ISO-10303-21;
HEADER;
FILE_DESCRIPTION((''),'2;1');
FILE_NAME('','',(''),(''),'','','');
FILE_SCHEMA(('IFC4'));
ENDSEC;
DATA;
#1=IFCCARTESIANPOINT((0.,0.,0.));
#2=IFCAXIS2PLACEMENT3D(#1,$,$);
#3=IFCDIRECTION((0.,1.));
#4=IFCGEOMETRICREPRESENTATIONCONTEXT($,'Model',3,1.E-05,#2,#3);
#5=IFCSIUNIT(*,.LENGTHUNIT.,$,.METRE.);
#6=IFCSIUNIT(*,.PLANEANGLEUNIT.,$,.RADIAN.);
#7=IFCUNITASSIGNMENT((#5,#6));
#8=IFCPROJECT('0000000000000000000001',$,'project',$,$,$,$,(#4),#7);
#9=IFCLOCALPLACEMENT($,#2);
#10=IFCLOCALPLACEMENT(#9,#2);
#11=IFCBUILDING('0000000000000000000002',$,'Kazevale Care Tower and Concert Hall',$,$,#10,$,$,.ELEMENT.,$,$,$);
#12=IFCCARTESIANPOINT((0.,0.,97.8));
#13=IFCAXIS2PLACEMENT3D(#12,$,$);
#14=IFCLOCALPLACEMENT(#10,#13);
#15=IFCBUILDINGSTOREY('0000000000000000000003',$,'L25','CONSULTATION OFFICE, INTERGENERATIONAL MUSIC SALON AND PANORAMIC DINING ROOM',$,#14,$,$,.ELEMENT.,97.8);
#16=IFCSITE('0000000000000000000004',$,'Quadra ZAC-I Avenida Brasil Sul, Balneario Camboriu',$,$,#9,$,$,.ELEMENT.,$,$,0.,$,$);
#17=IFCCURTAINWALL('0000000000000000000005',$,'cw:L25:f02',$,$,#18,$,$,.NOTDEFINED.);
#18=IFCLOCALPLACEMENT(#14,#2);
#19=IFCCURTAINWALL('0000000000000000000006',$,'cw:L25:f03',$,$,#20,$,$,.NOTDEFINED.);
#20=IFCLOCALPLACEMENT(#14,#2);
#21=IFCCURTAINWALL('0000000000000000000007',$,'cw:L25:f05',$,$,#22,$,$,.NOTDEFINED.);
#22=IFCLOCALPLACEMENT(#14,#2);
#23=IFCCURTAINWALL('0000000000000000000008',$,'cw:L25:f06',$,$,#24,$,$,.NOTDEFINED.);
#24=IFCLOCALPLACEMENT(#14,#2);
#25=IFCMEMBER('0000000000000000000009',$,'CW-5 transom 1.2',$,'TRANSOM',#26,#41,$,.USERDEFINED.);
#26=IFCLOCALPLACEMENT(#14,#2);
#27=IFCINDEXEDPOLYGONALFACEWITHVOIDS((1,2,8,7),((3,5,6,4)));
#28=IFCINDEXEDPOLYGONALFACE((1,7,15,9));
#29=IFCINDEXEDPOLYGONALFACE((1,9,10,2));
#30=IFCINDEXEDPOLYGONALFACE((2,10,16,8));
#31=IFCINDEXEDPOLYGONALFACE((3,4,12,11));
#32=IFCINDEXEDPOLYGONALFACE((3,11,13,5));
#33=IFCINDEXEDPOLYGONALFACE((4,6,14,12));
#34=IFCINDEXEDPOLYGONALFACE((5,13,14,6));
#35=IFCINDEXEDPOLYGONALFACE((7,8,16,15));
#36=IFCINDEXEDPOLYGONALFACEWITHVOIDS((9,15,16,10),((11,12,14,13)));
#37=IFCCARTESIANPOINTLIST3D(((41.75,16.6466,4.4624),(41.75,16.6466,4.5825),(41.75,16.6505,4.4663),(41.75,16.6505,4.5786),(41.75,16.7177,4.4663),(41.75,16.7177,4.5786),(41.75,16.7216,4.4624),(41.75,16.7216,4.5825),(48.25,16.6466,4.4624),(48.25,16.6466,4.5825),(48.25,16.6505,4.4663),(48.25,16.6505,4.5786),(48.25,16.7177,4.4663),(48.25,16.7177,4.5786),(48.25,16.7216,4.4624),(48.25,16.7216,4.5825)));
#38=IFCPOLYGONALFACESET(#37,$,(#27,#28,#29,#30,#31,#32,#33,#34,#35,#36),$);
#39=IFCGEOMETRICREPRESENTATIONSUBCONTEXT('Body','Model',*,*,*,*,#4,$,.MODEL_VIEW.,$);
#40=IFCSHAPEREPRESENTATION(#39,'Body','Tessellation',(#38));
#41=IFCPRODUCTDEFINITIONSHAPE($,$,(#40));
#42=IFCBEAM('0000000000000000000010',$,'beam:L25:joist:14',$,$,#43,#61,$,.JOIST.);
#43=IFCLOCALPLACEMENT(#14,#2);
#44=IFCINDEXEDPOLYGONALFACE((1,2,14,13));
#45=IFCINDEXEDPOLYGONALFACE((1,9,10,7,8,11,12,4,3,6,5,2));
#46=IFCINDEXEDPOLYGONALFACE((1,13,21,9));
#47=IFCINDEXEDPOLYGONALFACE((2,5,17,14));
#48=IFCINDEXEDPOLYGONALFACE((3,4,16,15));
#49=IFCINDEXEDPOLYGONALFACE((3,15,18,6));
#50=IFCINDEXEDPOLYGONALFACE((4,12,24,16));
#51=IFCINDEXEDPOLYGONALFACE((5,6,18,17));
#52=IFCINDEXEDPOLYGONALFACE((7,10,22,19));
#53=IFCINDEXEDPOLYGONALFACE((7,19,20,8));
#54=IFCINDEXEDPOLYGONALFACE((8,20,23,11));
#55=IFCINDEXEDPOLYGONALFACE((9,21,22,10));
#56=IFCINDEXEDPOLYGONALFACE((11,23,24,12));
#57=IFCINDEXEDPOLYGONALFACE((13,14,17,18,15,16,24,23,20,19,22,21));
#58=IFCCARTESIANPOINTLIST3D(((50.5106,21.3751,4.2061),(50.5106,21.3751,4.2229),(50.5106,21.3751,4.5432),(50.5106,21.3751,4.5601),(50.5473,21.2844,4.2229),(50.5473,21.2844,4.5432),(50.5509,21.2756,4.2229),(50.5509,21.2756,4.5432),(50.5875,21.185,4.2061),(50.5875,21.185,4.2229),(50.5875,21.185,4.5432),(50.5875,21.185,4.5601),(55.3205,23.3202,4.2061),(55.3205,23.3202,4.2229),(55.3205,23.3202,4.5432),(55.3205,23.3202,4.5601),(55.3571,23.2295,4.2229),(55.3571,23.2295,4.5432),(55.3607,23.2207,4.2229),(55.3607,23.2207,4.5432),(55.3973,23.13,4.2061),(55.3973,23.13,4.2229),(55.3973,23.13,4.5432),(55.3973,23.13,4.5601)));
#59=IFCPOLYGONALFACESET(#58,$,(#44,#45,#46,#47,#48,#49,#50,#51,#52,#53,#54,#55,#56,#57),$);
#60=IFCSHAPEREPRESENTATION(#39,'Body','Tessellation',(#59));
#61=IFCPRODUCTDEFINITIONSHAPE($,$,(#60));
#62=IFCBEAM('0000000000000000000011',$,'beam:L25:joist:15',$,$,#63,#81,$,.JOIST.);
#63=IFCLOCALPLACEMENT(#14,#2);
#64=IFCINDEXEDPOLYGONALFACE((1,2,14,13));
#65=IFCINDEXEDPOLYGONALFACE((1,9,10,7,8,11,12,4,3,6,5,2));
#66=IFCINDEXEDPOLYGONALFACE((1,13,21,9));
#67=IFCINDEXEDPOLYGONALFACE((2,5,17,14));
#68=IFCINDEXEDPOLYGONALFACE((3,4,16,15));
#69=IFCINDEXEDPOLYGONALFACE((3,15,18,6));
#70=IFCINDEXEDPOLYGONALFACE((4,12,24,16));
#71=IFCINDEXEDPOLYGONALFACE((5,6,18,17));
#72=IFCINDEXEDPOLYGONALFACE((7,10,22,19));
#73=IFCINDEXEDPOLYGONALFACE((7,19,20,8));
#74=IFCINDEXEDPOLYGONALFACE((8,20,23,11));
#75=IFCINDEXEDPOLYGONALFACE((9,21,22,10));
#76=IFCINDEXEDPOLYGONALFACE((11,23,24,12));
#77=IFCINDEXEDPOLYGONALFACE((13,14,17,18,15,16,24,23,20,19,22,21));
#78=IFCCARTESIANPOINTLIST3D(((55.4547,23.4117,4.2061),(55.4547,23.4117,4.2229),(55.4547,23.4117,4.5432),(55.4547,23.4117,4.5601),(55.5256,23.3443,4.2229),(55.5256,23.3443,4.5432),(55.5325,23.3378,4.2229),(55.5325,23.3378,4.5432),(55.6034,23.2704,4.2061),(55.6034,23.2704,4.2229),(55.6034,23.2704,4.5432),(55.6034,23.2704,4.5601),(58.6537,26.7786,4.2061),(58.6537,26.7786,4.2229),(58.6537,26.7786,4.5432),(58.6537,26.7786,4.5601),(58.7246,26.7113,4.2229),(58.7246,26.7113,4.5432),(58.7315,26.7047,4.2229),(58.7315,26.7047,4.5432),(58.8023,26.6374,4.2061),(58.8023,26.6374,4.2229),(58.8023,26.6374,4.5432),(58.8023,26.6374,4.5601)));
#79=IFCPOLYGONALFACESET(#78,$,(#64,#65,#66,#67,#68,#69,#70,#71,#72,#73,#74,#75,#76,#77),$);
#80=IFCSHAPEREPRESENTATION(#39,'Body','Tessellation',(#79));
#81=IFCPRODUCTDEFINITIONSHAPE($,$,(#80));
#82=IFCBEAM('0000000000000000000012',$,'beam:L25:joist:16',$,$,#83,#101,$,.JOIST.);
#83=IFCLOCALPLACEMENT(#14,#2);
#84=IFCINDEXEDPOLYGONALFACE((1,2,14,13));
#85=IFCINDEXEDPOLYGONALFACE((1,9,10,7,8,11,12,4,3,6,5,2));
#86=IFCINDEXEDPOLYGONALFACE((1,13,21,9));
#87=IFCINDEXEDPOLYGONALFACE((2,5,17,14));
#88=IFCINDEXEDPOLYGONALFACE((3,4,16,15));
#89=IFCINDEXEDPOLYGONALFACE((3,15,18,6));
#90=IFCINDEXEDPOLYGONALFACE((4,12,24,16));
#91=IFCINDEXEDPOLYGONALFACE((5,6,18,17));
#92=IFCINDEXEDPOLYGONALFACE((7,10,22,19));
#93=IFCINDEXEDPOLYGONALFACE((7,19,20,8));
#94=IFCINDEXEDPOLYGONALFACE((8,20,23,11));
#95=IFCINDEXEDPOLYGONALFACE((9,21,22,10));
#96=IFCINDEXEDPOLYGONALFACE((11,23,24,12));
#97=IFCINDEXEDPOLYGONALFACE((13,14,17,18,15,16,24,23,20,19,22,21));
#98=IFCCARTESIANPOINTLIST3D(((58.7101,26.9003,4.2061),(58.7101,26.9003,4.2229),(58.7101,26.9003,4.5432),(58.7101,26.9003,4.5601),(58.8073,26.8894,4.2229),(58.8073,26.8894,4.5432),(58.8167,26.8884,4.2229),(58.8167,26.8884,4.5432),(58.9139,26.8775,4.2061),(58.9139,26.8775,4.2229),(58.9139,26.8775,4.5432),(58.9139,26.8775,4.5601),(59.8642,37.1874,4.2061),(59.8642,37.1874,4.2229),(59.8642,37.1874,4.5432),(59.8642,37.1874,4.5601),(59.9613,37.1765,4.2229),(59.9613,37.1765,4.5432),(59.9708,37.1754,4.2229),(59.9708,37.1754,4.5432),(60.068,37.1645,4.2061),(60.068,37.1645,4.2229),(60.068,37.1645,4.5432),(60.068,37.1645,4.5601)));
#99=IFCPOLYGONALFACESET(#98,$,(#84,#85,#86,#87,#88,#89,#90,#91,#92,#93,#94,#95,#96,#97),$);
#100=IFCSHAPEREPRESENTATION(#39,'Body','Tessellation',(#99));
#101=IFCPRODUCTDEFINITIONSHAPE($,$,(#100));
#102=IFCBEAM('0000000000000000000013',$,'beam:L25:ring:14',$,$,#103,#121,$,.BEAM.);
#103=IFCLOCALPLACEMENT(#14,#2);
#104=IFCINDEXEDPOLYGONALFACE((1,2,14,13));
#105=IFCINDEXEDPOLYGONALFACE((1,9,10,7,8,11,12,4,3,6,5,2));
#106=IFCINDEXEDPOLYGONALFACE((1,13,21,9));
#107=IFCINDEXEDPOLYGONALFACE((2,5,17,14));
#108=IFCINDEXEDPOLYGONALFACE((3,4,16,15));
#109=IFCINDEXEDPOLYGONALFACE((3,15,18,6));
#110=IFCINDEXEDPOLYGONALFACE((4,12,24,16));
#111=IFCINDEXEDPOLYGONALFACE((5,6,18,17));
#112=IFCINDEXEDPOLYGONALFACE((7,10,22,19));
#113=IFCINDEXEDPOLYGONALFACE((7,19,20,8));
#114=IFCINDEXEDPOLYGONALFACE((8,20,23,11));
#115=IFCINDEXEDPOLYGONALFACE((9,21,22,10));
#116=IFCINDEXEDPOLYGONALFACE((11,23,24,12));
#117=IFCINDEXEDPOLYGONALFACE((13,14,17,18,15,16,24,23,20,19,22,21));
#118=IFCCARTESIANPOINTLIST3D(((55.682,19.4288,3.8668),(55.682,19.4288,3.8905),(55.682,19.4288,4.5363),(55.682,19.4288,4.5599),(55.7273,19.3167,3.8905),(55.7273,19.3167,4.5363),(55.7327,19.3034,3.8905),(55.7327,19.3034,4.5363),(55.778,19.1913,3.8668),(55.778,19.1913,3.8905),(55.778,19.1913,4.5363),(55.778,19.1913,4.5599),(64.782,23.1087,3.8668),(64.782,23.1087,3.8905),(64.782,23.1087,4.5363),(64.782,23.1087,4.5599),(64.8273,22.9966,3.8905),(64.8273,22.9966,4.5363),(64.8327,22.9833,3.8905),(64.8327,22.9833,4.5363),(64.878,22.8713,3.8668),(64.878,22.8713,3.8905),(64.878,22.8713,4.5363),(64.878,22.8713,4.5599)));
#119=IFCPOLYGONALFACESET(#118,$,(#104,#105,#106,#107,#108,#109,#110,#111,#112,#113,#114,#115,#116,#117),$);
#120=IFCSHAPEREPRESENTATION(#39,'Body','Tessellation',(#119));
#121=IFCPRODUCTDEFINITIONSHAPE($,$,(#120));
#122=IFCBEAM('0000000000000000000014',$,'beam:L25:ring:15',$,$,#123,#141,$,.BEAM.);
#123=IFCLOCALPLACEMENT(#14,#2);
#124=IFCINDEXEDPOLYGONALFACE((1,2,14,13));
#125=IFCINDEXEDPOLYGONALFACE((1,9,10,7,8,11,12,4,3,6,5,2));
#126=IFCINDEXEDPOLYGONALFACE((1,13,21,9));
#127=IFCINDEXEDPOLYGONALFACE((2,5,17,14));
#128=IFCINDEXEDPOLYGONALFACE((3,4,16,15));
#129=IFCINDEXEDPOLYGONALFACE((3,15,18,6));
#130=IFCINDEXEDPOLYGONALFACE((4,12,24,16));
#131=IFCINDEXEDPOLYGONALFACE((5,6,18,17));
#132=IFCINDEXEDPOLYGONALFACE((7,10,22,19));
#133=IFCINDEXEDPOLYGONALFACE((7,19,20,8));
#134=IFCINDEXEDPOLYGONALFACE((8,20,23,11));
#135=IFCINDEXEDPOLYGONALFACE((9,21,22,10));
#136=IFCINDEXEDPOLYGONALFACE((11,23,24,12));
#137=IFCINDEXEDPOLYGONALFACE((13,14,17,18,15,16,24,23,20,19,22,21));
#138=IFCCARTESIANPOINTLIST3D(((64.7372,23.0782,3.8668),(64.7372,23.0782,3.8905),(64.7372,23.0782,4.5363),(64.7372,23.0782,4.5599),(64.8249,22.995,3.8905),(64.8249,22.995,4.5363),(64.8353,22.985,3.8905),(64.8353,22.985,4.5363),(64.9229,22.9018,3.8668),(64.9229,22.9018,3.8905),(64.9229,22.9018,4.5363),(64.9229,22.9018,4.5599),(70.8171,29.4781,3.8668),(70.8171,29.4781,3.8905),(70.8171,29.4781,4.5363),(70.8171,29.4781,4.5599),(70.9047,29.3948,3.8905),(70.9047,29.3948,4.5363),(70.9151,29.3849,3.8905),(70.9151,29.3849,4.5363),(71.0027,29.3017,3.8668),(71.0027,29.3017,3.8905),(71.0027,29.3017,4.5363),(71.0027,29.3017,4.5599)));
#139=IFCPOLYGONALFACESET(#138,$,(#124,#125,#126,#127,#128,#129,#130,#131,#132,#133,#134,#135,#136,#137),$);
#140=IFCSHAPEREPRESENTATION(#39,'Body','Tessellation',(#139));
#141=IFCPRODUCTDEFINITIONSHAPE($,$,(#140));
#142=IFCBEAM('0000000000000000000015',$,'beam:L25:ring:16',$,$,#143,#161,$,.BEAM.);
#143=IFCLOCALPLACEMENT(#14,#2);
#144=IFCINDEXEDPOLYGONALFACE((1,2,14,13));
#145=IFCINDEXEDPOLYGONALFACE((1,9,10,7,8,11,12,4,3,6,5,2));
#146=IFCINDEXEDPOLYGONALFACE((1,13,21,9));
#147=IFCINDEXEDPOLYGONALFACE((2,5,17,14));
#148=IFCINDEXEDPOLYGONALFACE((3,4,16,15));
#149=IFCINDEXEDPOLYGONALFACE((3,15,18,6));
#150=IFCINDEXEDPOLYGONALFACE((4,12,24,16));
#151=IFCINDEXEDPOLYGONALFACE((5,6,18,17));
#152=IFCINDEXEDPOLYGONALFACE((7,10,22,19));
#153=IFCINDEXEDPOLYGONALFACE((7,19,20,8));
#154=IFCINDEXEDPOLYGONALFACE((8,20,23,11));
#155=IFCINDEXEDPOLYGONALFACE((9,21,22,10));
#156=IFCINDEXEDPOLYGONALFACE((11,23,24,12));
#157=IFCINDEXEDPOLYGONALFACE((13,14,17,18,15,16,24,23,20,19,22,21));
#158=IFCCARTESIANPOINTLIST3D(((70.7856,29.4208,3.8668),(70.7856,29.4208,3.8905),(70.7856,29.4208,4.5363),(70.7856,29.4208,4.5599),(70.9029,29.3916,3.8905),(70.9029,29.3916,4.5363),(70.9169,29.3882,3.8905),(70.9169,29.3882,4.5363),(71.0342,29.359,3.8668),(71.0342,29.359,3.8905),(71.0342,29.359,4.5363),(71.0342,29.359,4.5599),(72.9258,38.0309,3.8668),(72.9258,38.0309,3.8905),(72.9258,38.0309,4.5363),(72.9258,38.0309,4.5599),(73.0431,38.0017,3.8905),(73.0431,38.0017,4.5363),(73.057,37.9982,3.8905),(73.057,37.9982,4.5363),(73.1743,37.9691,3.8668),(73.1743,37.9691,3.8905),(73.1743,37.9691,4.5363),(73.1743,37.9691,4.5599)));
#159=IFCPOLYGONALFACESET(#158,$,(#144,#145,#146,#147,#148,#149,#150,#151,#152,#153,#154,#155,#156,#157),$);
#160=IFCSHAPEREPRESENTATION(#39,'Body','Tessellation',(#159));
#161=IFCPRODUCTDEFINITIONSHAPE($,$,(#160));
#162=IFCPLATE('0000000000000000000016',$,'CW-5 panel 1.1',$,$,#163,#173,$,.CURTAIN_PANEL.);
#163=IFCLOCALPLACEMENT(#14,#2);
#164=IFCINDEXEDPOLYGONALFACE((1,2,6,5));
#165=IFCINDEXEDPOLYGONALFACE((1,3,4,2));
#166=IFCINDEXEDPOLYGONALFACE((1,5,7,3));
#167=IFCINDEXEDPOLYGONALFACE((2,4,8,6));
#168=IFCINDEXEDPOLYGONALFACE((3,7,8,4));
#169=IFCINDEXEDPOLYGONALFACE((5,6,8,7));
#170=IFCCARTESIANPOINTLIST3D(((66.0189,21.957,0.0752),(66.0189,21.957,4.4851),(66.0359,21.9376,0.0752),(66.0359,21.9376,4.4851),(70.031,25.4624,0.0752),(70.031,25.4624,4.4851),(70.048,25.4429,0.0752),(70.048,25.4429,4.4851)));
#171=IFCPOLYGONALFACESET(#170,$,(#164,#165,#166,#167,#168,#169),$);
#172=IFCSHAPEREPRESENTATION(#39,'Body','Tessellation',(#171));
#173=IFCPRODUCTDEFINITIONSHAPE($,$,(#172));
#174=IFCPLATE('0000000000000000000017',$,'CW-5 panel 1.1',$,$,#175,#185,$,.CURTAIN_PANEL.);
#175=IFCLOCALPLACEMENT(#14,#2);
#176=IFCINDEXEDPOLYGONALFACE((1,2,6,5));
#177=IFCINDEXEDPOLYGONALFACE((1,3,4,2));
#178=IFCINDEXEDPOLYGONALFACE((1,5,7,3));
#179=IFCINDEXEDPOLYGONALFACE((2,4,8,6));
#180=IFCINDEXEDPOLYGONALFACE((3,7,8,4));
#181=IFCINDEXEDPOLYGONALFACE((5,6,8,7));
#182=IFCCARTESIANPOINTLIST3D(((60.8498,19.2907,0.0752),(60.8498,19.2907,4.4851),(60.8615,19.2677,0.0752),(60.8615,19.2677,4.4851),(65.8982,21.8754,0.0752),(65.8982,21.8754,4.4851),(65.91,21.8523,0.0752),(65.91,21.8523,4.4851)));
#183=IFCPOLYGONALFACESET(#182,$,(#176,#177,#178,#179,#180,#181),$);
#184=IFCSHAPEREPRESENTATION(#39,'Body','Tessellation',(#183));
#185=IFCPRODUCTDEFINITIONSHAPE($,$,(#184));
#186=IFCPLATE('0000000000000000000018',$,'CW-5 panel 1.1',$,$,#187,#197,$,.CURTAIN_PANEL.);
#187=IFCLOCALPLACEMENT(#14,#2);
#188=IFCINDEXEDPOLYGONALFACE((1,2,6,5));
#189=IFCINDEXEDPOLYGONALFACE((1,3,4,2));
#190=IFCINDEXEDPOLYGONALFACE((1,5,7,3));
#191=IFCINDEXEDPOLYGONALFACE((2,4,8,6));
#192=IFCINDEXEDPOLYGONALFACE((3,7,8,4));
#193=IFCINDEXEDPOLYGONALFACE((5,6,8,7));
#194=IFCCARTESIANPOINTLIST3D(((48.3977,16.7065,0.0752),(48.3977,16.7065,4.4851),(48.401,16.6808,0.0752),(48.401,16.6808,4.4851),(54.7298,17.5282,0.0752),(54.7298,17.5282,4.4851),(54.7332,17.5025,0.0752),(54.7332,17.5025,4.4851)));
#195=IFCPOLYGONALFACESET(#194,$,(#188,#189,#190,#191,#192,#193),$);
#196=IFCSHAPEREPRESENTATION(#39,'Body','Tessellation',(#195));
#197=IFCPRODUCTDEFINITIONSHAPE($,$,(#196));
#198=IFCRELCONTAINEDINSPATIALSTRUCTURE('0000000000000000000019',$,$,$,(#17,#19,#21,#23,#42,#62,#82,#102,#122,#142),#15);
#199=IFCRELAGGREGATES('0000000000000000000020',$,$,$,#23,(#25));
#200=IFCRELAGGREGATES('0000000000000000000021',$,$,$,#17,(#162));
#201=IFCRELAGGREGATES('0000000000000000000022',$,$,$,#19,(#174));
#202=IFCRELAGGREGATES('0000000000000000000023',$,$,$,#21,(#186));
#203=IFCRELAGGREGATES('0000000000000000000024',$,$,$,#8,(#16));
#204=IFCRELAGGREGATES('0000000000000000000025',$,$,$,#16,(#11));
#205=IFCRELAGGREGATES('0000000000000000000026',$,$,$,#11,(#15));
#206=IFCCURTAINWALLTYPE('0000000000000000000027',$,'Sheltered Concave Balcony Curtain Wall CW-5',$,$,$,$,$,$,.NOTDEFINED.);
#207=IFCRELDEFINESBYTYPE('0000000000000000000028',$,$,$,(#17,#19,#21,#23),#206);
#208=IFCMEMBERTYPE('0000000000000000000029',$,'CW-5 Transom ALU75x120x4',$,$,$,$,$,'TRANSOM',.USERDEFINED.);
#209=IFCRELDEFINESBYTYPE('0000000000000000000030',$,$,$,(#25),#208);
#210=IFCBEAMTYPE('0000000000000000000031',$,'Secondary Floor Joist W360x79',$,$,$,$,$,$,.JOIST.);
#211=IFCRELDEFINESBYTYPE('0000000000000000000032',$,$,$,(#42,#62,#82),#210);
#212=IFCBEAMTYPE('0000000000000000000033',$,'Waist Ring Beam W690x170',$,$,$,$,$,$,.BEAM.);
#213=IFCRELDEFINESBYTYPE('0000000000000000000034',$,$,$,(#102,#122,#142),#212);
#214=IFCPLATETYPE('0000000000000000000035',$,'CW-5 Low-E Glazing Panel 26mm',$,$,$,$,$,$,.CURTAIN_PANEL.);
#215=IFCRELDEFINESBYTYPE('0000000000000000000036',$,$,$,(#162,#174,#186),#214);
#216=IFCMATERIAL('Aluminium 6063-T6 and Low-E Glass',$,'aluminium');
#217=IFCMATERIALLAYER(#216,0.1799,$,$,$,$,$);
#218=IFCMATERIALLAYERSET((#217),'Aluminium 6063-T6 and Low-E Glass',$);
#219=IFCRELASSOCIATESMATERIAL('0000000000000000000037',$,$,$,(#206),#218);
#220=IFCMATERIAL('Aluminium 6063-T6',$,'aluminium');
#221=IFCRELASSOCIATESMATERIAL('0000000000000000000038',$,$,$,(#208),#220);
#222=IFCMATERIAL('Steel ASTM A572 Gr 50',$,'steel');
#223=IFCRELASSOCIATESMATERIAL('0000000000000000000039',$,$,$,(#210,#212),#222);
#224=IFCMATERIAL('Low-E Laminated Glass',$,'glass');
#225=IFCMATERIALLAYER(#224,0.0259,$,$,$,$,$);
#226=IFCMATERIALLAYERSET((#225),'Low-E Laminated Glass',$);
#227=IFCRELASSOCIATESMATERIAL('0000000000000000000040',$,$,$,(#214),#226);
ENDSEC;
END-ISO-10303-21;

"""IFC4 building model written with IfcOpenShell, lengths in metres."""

from ifc_helpers import new_model, si_unit, direction, frame, origin, origin_2d, place, context, subcontext, project, spatial, rectangle, hollow_rectangle, i_section, extrude, material, layer, layer_set, material_profile, profile_set, type_object, element, aggregate, save


model = new_model("IFC4")

# Units and contexts
model_context = context("Model", 3, precision=1e-05, world=origin(), true_north=direction((0.0, 1.0)))
body_context = subcontext(model_context, "Body", "Model", "MODEL_VIEW")
ifc_project = project(units=[si_unit("LENGTHUNIT", "METRE"), si_unit("PLANEANGLEUNIT", "RADIAN")], contexts=[model_context])

# Site, building, storey
site_placement = place(None, origin())
site = spatial("IfcSite", under=ifc_project, at=site_placement, Name="Quadra ZAC-I Avenida Brasil Sul, Balneario Camboriu", CompositionType="ELEMENT", RefElevation=0.0)
building_placement = place(site_placement, origin())
building = spatial("IfcBuilding", under=site, at=building_placement, Name="Kazevale Care Tower and Concert Hall", CompositionType="ELEMENT")
storey_placement = place(building_placement, frame((0.0, 0.0, 97.8)))
storey = spatial("IfcBuildingStorey", under=building, at=storey_placement, Name="L25", Description="CONSULTATION OFFICE, INTERGENERATIONAL MUSIC SALON AND PANORAMIC DINING ROOM", CompositionType="ELEMENT", Elevation=97.8)

# Curtain walls
ifc_material_1 = material(Name="Aluminium 6063-T6 and Low-E Glass", Category="aluminium")
ifc_layer_1 = layer(ifc_material_1, 0.1799)
ifc_layer_set_1 = layer_set([ifc_layer_1], Name="Aluminium 6063-T6 and Low-E Glass")
curtain_wall_type = type_object("IfcCurtainWallType", Name="Sheltered Concave Balcony Curtain Wall CW-5", PredefinedType="NOTDEFINED", material=ifc_layer_set_1)
curtain_wall_1_placement = place(storey_placement, origin())
curtain_wall_1 = element("IfcCurtainWall", 1, at=curtain_wall_1_placement, inside=storey, type_object=curtain_wall_type, Name="cw:L25:f02", PredefinedType="NOTDEFINED")
ifc_material_2 = material(Name="Aluminium 6063-T6", Category="aluminium")
curtain_wall_2_placement = place(storey_placement, origin())
curtain_wall_2 = element("IfcCurtainWall", 2, at=curtain_wall_2_placement, inside=storey, type_object=curtain_wall_type, Name="cw:L25:f03", PredefinedType="NOTDEFINED")
curtain_wall_3_placement = place(storey_placement, origin())
curtain_wall_3 = element("IfcCurtainWall", 3, at=curtain_wall_3_placement, inside=storey, type_object=curtain_wall_type, Name="cw:L25:f05", PredefinedType="NOTDEFINED")

# Curtain wall
curtain_wall_4_placement = place(storey_placement, origin())
curtain_wall_4 = element("IfcCurtainWall", 4, at=curtain_wall_4_placement, inside=storey, type_object=curtain_wall_type, Name="cw:L25:f06", PredefinedType="NOTDEFINED")

# Member
ifc_material_profile_1 = material_profile(ifc_material_2, hollow_rectangle(XDim=0.075, YDim=0.1201, WallThickness=0.0039, at=origin_2d()), Name="ALU75x120x4")
ifc_profile_set_1 = profile_set([ifc_material_profile_1], Name="Aluminium 6063-T6")
member_type_1 = type_object("IfcMemberType", Name="CW-5 Transom ALU75x120x4", ElementType="TRANSOM", PredefinedType="USERDEFINED", material=ifc_profile_set_1)
member_1_placement = place(storey_placement, frame((48.25, 16.6841, 4.5225), z_axis=(-1.0, 0.0, 0.0), x_axis=(0.0, -1.0, 0.0)))
member_1 = element("IfcMember", 5, at=member_1_placement, type_object=member_type_1, Name="CW-5 transom 1.2", ObjectType="TRANSOM", PredefinedType="USERDEFINED", context=body_context, shape_type="SweptSolid", body=[
    extrude(hollow_rectangle(XDim=0.075, YDim=0.1201, WallThickness=0.0039, at=origin_2d()), origin(), (0.0, 0.0, 1.0), 6.5),
])
aggregate(curtain_wall_4, [member_1])

# Beams
ifc_material_3 = material(Name="Steel ASTM A572 Gr 50", Category="steel")
ifc_material_profile_2 = material_profile(ifc_material_3, i_section(OverallWidth=0.2051, OverallDepth=0.354, WebThickness=0.0095, FlangeThickness=0.0168, at=origin_2d()), Name="W360x79")
ifc_profile_set_2 = profile_set([ifc_material_profile_2], Name="Steel ASTM A572 Gr 50")
beam_type_1 = type_object("IfcBeamType", Name="Secondary Floor Joist W360x79", PredefinedType="JOIST", material=ifc_profile_set_2)
beam_1_placement = place(storey_placement, frame((50.5491, 21.28, 4.3831), z_axis=(0.927065, 0.374901, 0.0), x_axis=(-0.374901, 0.927065, 0.0)))
element("IfcBeam", 6, at=beam_1_placement, inside=storey, type_object=beam_type_1, Name="beam:L25:joist:14", PredefinedType="JOIST", context=body_context, shape_type="SweptSolid", body=[
    extrude(i_section(OverallWidth=0.2051, OverallDepth=0.354, WebThickness=0.0095, FlangeThickness=0.0168, at=origin_2d()), origin(), (0.0, 0.0, 1.0), 5.1882),
])
beam_2_placement = place(storey_placement, frame((55.5291, 23.3411, 4.3831), z_axis=(0.688792, 0.724959, 0.0), x_axis=(-0.724959, 0.688792, 0.0)))
element("IfcBeam", 7, at=beam_2_placement, inside=storey, type_object=beam_type_1, Name="beam:L25:joist:15", PredefinedType="JOIST", context=body_context, shape_type="SweptSolid", body=[
    extrude(i_section(OverallWidth=0.2051, OverallDepth=0.354, WebThickness=0.0095, FlangeThickness=0.0168, at=origin_2d()), origin(), (0.0, 0.0, 1.0), 4.6443),
])
beam_3_placement = place(storey_placement, frame((58.812, 26.8889, 4.3831), z_axis=(0.111485, 0.993766, 0.0), x_axis=(-0.993766, 0.111485, 0.0)))
element("IfcBeam", 8, at=beam_3_placement, inside=storey, type_object=beam_type_1, Name="beam:L25:joist:16", PredefinedType="JOIST", context=body_context, shape_type="SweptSolid", body=[
    extrude(i_section(OverallWidth=0.2051, OverallDepth=0.354, WebThickness=0.0095, FlangeThickness=0.0168, at=origin_2d()), origin(), (0.0, 0.0, 1.0), 10.3516),
])
ifc_material_profile_3 = material_profile(ifc_material_3, i_section(OverallWidth=0.2561, OverallDepth=0.6931, WebThickness=0.0144, FlangeThickness=0.0237, at=origin_2d()), Name="W690x170")
ifc_profile_set_3 = profile_set([ifc_material_profile_3], Name="Steel ASTM A572 Gr 50")
beam_type_2 = type_object("IfcBeamType", Name="Waist Ring Beam W690x170", PredefinedType="BEAM", material=ifc_profile_set_3)
beam_4_placement = place(storey_placement, frame((55.73, 19.3101, 4.2134), z_axis=(0.927069, 0.374892, 0.0), x_axis=(-0.374892, 0.927069, 0.0)))
element("IfcBeam", 9, at=beam_4_placement, inside=storey, type_object=beam_type_2, Name="beam:L25:ring:14", PredefinedType="BEAM", context=body_context, shape_type="SweptSolid", body=[
    extrude(i_section(OverallWidth=0.2561, OverallDepth=0.6931, WebThickness=0.0144, FlangeThickness=0.0237, at=origin_2d()), origin(), (0.0, 0.0, 1.0), 9.8159),
])
beam_5_placement = place(storey_placement, frame((64.8301, 22.99, 4.2134), z_axis=(0.688745, 0.725004, 0.0), x_axis=(-0.725004, 0.688745, 0.0)))
element("IfcBeam", 10, at=beam_5_placement, inside=storey, type_object=beam_type_2, Name="beam:L25:ring:15", PredefinedType="BEAM", context=body_context, shape_type="SweptSolid", body=[
    extrude(i_section(OverallWidth=0.2561, OverallDepth=0.6931, WebThickness=0.0144, FlangeThickness=0.0237, at=origin_2d()), origin(), (0.0, 0.0, 1.0), 8.8274),
])
beam_6_placement = place(storey_placement, frame((70.9099, 29.3899, 4.2134), z_axis=(0.241221, 0.97047, 0.0), x_axis=(-0.97047, 0.241221, 0.0)))
element("IfcBeam", 11, at=beam_6_placement, inside=storey, type_object=beam_type_2, Name="beam:L25:ring:16", PredefinedType="BEAM", context=body_context, shape_type="SweptSolid", body=[
    extrude(i_section(OverallWidth=0.2561, OverallDepth=0.6931, WebThickness=0.0144, FlangeThickness=0.0237, at=origin_2d()), origin(), (0.0, 0.0, 1.0), 8.8721),
])

# Plates
ifc_material_4 = material(Name="Low-E Laminated Glass", Category="glass")
ifc_layer_2 = layer(ifc_material_4, 0.0259)
ifc_layer_set_2 = layer_set([ifc_layer_2], Name="Low-E Laminated Glass")
plate_type = type_object("IfcPlateType", Name="CW-5 Low-E Glazing Panel 26mm", PredefinedType="CURTAIN_PANEL", material=ifc_layer_set_2)
plate_1_placement = place(storey_placement, frame((68.0334, 23.7, 0.0752), z_axis=(0.0, 0.0, 1.0), x_axis=(-0.753063, -0.657949, 0.0)))
plate_1 = element("IfcPlate", 12, at=plate_1_placement, type_object=plate_type, Name="CW-5 panel 1.1", PredefinedType="CURTAIN_PANEL", context=body_context, shape_type="SweptSolid", body=[
    extrude(rectangle(XDim=5.3276, YDim=0.0259, at=origin_2d()), origin(), (0.0, 0.0, 1.0), 4.4099),
])
aggregate(curtain_wall_1, [plate_1])
plate_2_placement = place(storey_placement, frame((63.3799, 20.5715, 0.0752), z_axis=(0.0, 0.0, 1.0), x_axis=(-0.890127, -0.455713, 0.0)))
plate_2 = element("IfcPlate", 13, at=plate_2_placement, type_object=plate_type, Name="CW-5 panel 1.1", PredefinedType="CURTAIN_PANEL", context=body_context, shape_type="SweptSolid", body=[
    extrude(rectangle(XDim=5.6716, YDim=0.0259, at=origin_2d()), origin(), (0.0, 0.0, 1.0), 4.4099),
])
aggregate(curtain_wall_2, [plate_2])
plate_3_placement = place(storey_placement, frame((51.5654, 17.1045, 0.0752), z_axis=(0.0, 0.0, 1.0), x_axis=(-0.991686, -0.128685, 0.0)))
plate_3 = element("IfcPlate", 14, at=plate_3_placement, type_object=plate_type, Name="CW-5 panel 1.1", PredefinedType="CURTAIN_PANEL", context=body_context, shape_type="SweptSolid", body=[
    extrude(rectangle(XDim=6.3853, YDim=0.0259, at=origin_2d()), origin(), (0.0, 0.0, 1.0), 4.4099),
])
aggregate(curtain_wall_3, [plate_3])

save(model, "model.ifc")
